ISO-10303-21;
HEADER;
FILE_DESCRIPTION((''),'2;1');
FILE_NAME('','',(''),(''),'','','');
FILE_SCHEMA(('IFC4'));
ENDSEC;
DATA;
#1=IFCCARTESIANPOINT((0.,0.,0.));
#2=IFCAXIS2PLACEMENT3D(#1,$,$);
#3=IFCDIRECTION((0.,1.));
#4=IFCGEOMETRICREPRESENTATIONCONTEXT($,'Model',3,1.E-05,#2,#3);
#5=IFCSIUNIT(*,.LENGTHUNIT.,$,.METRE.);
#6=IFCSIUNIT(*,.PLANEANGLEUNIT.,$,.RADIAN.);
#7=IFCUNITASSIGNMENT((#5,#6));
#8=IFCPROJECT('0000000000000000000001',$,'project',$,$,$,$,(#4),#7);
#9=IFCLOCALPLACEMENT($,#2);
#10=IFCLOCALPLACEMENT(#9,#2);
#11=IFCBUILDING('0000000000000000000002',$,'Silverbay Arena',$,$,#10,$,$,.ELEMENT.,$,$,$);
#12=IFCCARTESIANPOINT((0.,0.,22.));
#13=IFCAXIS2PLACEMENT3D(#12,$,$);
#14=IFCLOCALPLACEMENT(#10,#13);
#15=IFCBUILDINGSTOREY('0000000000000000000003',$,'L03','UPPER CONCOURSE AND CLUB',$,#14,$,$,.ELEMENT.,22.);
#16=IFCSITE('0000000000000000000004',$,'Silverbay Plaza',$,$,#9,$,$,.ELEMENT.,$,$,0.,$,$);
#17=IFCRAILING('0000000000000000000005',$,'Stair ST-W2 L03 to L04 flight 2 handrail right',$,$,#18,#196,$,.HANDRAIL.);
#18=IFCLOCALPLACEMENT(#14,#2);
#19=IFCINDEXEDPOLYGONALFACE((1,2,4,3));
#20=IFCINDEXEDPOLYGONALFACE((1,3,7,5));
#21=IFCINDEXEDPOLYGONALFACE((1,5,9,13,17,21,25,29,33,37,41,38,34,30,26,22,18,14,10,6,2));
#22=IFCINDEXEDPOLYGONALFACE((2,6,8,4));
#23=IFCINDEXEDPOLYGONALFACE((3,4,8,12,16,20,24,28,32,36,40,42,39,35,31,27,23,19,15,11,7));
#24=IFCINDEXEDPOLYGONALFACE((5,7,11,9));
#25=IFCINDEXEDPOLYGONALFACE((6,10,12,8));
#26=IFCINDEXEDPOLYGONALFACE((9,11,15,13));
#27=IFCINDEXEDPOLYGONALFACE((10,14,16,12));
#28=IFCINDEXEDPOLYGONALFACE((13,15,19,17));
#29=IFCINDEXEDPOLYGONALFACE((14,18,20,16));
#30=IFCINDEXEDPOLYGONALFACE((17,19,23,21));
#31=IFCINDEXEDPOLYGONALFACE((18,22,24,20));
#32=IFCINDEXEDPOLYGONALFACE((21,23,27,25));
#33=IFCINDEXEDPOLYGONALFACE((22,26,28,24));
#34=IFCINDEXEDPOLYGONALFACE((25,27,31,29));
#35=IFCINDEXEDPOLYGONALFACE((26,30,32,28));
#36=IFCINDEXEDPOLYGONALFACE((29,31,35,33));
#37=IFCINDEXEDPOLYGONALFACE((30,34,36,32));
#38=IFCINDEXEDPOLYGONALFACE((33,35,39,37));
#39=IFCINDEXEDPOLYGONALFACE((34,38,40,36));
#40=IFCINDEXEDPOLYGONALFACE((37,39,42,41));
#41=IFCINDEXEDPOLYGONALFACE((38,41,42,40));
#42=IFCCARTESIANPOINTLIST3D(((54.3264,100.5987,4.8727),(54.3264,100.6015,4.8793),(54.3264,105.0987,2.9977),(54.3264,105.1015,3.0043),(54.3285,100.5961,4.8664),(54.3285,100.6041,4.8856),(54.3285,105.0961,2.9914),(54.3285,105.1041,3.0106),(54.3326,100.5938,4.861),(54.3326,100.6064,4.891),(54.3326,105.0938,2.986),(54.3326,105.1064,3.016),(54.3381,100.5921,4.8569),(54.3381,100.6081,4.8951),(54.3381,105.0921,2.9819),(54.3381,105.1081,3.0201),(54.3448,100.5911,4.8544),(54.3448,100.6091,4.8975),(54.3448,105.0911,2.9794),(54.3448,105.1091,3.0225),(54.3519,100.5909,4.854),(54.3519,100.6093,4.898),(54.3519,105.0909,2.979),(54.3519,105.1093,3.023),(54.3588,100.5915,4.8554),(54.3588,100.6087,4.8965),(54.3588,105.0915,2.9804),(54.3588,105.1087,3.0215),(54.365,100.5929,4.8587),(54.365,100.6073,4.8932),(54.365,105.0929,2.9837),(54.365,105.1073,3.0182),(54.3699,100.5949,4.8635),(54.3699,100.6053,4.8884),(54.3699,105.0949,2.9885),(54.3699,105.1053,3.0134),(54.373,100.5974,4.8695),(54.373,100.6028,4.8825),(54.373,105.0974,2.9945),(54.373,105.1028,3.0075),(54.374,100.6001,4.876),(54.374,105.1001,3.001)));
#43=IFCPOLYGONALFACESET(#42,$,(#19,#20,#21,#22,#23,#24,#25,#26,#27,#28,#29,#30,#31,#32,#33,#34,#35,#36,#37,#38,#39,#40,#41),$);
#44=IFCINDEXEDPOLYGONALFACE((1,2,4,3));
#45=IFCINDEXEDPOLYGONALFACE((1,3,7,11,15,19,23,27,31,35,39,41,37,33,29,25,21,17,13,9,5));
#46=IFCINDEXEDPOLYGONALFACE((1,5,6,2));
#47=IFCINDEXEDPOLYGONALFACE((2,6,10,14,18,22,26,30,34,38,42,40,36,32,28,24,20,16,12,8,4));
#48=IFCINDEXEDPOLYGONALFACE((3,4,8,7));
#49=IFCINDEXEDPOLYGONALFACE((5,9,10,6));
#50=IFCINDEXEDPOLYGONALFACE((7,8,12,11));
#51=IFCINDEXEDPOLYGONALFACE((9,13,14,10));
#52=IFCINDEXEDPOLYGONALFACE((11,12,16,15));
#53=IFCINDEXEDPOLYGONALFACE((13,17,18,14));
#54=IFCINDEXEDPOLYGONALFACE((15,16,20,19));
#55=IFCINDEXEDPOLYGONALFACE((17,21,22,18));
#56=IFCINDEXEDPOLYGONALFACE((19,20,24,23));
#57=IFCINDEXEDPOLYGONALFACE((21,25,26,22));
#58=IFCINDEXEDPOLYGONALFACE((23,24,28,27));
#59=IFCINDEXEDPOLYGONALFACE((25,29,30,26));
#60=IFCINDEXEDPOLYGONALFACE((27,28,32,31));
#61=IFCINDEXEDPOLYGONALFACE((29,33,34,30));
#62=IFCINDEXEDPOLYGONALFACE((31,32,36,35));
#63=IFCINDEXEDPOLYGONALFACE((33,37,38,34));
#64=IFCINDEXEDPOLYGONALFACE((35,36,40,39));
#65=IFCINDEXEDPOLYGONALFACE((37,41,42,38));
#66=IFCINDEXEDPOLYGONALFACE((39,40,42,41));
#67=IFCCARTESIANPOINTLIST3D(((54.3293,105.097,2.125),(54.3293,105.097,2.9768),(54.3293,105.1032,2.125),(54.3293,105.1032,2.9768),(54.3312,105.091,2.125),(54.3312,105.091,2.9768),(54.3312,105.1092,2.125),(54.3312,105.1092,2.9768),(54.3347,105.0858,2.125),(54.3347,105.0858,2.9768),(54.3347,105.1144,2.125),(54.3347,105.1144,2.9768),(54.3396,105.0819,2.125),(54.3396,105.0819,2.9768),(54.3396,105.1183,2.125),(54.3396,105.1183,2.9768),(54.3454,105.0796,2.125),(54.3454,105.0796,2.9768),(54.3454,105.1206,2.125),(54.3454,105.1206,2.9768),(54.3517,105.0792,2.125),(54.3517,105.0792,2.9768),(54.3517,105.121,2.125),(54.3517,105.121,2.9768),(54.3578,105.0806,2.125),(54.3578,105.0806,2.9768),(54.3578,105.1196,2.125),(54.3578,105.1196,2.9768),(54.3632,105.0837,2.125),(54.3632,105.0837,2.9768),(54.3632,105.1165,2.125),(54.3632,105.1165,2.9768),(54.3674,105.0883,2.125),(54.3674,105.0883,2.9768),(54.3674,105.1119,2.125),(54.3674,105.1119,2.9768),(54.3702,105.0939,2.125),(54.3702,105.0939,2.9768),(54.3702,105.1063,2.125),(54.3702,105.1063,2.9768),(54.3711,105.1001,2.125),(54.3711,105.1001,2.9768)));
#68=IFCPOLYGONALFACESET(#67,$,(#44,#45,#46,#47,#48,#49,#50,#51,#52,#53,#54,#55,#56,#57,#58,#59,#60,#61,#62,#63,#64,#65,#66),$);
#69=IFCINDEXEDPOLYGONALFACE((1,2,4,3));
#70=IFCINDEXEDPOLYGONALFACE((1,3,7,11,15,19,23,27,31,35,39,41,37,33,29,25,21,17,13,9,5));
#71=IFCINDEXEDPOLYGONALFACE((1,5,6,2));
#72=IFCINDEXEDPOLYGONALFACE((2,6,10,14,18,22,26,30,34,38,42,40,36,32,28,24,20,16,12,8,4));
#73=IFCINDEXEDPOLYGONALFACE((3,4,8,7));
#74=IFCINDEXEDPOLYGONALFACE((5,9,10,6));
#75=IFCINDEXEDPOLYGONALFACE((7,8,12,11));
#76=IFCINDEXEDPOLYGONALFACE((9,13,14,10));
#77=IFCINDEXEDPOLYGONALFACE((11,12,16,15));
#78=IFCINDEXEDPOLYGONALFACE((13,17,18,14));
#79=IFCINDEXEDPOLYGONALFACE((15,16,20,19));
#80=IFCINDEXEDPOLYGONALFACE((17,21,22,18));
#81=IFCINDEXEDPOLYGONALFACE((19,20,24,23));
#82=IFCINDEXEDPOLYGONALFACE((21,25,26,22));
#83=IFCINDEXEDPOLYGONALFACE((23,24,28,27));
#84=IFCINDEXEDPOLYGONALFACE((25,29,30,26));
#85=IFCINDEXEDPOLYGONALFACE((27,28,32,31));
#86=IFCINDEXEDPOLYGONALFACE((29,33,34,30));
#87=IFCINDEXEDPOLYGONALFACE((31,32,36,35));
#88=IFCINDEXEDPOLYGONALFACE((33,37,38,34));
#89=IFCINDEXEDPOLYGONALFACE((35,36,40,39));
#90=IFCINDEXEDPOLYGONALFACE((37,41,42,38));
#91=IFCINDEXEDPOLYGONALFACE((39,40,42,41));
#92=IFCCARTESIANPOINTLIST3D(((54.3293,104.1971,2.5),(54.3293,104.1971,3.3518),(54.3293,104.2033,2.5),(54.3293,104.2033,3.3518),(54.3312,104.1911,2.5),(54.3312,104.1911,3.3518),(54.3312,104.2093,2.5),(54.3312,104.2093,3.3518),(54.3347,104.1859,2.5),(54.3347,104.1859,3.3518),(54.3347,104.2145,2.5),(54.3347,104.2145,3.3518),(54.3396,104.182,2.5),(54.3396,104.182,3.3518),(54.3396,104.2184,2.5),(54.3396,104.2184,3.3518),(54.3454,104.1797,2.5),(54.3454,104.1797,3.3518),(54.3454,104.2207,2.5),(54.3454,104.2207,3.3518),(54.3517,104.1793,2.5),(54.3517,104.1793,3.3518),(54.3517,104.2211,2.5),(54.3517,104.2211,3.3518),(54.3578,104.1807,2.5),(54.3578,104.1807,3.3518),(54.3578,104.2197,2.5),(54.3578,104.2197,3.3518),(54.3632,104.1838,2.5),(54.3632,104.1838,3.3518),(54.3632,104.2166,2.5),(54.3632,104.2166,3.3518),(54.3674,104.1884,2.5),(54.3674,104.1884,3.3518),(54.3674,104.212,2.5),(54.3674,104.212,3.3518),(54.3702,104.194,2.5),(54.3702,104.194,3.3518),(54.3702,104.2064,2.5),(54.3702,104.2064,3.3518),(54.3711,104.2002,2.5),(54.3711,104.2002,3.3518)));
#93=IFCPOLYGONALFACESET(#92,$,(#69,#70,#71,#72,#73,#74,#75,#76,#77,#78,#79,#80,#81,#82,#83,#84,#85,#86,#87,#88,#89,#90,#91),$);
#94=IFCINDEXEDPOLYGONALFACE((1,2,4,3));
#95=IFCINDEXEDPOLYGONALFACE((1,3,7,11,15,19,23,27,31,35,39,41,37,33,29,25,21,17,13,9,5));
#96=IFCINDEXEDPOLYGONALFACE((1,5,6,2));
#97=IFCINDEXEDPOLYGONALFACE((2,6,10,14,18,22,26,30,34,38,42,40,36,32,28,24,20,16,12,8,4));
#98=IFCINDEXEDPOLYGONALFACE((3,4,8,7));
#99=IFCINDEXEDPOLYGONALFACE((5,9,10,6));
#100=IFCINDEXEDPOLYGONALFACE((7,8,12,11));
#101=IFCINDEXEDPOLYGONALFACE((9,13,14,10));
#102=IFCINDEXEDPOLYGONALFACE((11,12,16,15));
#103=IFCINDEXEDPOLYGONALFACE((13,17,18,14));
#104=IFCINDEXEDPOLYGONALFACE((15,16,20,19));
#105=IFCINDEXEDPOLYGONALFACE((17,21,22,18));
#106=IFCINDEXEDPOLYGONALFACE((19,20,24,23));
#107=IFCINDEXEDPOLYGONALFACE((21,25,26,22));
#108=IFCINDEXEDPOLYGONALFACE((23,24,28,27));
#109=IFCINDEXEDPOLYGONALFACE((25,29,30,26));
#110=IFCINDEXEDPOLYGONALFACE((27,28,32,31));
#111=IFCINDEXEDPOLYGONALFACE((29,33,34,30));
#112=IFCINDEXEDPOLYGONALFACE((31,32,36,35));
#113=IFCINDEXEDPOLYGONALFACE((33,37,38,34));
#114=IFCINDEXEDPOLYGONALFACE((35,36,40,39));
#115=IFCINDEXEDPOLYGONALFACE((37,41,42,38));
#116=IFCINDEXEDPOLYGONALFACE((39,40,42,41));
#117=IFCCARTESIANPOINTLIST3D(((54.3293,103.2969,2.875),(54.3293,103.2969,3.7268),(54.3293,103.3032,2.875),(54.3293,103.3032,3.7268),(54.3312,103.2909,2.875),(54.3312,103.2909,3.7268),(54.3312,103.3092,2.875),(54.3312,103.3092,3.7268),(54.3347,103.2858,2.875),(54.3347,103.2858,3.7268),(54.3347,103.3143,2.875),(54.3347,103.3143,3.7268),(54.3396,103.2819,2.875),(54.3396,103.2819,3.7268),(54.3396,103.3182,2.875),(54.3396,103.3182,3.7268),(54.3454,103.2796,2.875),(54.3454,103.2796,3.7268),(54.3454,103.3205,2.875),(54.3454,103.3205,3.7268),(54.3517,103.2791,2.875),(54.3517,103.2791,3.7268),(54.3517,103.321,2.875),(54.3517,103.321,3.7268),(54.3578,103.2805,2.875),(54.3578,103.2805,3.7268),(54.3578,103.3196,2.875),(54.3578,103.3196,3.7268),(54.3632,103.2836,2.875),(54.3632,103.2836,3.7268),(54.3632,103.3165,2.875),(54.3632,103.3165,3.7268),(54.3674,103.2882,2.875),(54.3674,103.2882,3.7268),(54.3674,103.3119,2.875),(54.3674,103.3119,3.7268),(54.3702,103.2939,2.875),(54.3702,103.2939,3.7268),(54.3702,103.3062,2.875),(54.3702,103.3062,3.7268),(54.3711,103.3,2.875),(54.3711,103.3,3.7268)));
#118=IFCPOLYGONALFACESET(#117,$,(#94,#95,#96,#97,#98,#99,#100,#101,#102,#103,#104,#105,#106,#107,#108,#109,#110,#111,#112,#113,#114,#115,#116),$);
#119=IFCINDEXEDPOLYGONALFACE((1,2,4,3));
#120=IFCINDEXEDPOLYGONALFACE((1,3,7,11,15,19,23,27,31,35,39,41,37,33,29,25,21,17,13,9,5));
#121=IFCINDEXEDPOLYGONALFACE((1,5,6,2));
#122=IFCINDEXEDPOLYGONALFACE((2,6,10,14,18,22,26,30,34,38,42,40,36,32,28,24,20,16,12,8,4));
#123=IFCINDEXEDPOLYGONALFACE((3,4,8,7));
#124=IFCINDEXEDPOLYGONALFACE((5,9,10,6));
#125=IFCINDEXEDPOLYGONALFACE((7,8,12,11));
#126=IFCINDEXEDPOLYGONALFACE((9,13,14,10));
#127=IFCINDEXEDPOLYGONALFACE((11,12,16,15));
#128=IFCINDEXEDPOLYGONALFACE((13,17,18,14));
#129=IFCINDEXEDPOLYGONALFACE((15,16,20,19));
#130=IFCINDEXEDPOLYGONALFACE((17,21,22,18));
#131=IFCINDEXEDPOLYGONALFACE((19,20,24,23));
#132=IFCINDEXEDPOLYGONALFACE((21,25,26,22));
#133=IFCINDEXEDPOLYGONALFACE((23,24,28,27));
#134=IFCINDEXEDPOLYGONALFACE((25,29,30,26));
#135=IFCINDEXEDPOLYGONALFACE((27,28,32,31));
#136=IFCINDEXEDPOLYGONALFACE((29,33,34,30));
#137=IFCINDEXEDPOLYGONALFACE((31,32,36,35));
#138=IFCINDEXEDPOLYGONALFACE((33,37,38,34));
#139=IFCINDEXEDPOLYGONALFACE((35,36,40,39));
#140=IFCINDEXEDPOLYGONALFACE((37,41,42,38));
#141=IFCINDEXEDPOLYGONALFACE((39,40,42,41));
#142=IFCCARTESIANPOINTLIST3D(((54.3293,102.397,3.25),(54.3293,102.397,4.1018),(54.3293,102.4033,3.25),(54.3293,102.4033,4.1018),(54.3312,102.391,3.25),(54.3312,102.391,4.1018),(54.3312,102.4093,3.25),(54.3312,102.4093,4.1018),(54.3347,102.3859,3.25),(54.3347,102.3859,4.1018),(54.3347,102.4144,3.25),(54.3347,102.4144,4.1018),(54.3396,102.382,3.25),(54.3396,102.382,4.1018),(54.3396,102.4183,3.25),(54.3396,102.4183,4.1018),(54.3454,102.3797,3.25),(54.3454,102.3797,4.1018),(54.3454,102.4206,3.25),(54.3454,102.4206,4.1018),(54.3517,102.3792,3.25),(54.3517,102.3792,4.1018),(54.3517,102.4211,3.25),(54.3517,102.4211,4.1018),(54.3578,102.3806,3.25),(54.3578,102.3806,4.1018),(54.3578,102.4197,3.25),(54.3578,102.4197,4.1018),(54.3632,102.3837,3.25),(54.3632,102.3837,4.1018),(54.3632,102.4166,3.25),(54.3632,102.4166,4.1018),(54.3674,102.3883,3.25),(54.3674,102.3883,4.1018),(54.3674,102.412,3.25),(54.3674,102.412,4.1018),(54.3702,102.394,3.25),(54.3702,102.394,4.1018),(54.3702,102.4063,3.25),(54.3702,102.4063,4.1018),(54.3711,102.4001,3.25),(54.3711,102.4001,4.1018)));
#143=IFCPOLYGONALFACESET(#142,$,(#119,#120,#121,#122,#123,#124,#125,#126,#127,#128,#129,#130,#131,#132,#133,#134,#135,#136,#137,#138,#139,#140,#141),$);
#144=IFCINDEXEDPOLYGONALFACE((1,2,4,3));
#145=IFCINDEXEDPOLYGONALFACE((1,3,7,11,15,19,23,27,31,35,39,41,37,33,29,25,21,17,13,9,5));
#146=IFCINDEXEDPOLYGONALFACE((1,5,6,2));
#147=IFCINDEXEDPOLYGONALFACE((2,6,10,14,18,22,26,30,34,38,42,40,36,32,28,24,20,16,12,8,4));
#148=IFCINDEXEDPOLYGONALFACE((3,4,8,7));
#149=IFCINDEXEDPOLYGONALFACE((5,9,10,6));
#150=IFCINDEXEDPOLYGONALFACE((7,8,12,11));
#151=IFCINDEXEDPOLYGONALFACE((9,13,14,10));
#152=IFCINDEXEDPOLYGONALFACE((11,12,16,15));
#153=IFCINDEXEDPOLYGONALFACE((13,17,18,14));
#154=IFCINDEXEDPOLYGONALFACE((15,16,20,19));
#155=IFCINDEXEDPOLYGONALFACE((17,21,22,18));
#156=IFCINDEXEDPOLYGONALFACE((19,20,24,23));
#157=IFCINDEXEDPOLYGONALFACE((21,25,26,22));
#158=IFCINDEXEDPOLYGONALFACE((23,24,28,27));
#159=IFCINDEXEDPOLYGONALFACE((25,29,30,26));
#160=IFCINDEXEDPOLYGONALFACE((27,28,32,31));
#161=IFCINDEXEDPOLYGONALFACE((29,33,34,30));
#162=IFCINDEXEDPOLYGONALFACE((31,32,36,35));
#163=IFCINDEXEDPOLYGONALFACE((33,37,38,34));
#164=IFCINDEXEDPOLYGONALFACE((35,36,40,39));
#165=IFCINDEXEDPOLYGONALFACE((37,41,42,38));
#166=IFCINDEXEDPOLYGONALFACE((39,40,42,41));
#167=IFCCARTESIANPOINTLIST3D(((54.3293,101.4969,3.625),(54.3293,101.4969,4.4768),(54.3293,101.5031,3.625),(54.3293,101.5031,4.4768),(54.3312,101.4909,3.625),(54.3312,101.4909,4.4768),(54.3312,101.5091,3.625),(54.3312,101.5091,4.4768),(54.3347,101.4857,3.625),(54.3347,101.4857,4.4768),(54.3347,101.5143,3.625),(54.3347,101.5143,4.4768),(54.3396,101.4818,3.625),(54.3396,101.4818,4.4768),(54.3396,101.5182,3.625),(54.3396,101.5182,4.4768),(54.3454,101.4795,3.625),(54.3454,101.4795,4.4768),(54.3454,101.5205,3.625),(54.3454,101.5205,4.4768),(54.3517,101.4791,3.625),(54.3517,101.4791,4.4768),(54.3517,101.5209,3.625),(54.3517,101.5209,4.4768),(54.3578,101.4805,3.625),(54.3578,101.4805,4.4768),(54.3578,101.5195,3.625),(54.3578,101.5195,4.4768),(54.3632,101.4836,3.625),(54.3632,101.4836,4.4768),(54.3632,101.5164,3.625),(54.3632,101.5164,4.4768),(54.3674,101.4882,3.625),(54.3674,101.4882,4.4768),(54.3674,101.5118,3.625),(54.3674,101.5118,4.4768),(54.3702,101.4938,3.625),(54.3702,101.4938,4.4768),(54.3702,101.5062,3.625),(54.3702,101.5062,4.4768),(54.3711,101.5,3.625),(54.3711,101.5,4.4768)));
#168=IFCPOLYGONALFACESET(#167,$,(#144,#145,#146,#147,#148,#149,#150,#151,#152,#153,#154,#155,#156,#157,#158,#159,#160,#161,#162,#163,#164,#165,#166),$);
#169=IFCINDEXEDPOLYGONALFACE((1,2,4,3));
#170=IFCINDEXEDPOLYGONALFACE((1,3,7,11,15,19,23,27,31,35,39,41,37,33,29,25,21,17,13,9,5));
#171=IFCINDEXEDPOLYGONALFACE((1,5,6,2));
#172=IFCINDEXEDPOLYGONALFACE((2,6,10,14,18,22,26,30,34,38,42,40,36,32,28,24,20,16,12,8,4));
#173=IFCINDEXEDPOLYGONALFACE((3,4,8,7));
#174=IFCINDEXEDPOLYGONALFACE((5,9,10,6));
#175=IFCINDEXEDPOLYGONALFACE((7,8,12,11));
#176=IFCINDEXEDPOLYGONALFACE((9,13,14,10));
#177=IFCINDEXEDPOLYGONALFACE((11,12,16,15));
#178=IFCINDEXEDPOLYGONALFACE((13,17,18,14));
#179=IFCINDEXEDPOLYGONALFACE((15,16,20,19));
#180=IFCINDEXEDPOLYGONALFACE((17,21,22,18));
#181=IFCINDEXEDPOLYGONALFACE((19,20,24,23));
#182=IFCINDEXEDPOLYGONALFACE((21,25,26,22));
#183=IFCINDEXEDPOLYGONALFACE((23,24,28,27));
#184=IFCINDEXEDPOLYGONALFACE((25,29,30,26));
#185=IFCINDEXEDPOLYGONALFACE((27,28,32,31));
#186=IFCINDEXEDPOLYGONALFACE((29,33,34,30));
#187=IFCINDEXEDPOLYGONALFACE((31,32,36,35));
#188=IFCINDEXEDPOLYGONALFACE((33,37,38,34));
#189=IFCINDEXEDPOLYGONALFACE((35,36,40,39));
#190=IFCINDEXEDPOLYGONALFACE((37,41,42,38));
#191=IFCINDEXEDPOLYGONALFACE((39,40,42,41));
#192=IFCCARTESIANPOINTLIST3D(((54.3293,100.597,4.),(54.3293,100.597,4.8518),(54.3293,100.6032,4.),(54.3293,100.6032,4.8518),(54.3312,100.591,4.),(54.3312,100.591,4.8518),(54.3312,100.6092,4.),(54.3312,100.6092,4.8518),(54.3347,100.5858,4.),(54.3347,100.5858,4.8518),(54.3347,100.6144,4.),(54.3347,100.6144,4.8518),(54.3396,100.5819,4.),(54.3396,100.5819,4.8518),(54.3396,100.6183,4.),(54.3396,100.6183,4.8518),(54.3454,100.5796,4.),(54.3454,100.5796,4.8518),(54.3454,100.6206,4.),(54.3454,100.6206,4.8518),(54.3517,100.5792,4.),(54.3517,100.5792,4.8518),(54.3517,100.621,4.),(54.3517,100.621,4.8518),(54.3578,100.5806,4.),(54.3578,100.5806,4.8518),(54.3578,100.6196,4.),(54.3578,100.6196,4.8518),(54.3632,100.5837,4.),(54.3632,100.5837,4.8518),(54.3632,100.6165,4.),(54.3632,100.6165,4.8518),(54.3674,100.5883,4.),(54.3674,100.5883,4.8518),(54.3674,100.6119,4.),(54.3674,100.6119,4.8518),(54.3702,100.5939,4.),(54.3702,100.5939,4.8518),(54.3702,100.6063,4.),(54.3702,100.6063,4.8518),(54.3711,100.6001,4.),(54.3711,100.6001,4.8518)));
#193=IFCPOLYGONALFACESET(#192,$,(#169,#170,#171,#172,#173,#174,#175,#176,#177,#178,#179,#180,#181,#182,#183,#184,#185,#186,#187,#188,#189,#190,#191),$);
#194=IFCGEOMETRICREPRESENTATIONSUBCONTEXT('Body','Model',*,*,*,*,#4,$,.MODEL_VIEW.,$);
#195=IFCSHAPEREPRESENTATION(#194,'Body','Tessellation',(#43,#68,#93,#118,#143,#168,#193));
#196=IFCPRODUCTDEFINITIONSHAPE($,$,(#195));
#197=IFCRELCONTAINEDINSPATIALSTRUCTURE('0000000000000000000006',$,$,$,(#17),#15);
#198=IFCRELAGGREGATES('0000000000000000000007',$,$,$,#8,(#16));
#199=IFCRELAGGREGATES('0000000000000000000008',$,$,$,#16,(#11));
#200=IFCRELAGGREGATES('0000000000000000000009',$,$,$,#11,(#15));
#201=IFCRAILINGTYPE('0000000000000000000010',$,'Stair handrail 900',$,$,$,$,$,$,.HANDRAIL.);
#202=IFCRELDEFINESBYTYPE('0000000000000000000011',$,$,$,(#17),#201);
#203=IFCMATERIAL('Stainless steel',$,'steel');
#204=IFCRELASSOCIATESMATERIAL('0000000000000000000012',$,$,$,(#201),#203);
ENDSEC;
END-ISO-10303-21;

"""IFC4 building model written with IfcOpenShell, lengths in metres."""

from ifc_helpers import new_model, si_unit, direction, frame, origin, origin_2d, place, context, subcontext, project, spatial, circle, extrude, material, type_object, element, save


model = new_model("IFC4")

# Units and contexts
model_context = context("Model", 3, precision=1e-05, world=origin(), true_north=direction((0.0, 1.0)))
body_context = subcontext(model_context, "Body", "Model", "MODEL_VIEW")
ifc_project = project(units=[si_unit("LENGTHUNIT", "METRE"), si_unit("PLANEANGLEUNIT", "RADIAN")], contexts=[model_context])

# Site, building, storey
site_placement = place(None, origin())
site = spatial("IfcSite", under=ifc_project, at=site_placement, Name="Silverbay Plaza", CompositionType="ELEMENT", RefElevation=0.0)
building_placement = place(site_placement, origin())
building = spatial("IfcBuilding", under=site, at=building_placement, Name="Silverbay Arena", CompositionType="ELEMENT")
storey_placement = place(building_placement, frame((0.0, 0.0, 22.0)))
storey = spatial("IfcBuildingStorey", under=building, at=storey_placement, Name="L03", Description="UPPER CONCOURSE AND CLUB", CompositionType="ELEMENT", Elevation=22.0)

# Railing
ifc_material_1 = material(Name="Stainless steel", Category="steel")
railing_type_1 = type_object("IfcRailingType", Name="Stair handrail 900", PredefinedType="HANDRAIL", material=ifc_material_1)
for number, where, name in (
    (1, (54.3501, 105.1001, 2.125), "Stair ST-W2 L03 to L04 flight 2 handrail right"),
):
    element("IfcRailing", number, at=place(storey_placement, frame(where)), inside=storey, type_object=railing_type_1, Name=name, PredefinedType="HANDRAIL", context=body_context, shape_type="SweptSolid", body=[
        extrude(circle(Radius=0.0239, at=origin_2d()), frame((0.0, 0.0, 0.876), z_axis=(0.0, -0.923077, 0.384615), x_axis=(1.0, 0.0, 0.0)), (0.0, 0.0, 1.0), 4.875),
        extrude(circle(Radius=0.021, at=origin_2d()), origin(), (0.0, 0.0, 1.0), 0.8518),
        extrude(circle(Radius=0.021, at=origin_2d()), frame((0.0, -0.8999, 0.375)), (0.0, 0.0, 1.0), 0.8518),
        extrude(circle(Radius=0.021, at=origin_2d()), frame((0.0, -1.8, 0.75)), (0.0, 0.0, 1.0), 0.8518),
        extrude(circle(Radius=0.021, at=origin_2d()), frame((0.0, -2.7, 1.125)), (0.0, 0.0, 1.0), 0.8518),
        extrude(circle(Radius=0.021, at=origin_2d()), frame((0.0, -3.6001, 1.5)), (0.0, 0.0, 1.0), 0.8518),
        extrude(circle(Radius=0.021, at=origin_2d()), frame((0.0, -4.5, 1.875)), (0.0, 0.0, 1.0), 0.8518),
    ])

save(model, "model.ifc")
